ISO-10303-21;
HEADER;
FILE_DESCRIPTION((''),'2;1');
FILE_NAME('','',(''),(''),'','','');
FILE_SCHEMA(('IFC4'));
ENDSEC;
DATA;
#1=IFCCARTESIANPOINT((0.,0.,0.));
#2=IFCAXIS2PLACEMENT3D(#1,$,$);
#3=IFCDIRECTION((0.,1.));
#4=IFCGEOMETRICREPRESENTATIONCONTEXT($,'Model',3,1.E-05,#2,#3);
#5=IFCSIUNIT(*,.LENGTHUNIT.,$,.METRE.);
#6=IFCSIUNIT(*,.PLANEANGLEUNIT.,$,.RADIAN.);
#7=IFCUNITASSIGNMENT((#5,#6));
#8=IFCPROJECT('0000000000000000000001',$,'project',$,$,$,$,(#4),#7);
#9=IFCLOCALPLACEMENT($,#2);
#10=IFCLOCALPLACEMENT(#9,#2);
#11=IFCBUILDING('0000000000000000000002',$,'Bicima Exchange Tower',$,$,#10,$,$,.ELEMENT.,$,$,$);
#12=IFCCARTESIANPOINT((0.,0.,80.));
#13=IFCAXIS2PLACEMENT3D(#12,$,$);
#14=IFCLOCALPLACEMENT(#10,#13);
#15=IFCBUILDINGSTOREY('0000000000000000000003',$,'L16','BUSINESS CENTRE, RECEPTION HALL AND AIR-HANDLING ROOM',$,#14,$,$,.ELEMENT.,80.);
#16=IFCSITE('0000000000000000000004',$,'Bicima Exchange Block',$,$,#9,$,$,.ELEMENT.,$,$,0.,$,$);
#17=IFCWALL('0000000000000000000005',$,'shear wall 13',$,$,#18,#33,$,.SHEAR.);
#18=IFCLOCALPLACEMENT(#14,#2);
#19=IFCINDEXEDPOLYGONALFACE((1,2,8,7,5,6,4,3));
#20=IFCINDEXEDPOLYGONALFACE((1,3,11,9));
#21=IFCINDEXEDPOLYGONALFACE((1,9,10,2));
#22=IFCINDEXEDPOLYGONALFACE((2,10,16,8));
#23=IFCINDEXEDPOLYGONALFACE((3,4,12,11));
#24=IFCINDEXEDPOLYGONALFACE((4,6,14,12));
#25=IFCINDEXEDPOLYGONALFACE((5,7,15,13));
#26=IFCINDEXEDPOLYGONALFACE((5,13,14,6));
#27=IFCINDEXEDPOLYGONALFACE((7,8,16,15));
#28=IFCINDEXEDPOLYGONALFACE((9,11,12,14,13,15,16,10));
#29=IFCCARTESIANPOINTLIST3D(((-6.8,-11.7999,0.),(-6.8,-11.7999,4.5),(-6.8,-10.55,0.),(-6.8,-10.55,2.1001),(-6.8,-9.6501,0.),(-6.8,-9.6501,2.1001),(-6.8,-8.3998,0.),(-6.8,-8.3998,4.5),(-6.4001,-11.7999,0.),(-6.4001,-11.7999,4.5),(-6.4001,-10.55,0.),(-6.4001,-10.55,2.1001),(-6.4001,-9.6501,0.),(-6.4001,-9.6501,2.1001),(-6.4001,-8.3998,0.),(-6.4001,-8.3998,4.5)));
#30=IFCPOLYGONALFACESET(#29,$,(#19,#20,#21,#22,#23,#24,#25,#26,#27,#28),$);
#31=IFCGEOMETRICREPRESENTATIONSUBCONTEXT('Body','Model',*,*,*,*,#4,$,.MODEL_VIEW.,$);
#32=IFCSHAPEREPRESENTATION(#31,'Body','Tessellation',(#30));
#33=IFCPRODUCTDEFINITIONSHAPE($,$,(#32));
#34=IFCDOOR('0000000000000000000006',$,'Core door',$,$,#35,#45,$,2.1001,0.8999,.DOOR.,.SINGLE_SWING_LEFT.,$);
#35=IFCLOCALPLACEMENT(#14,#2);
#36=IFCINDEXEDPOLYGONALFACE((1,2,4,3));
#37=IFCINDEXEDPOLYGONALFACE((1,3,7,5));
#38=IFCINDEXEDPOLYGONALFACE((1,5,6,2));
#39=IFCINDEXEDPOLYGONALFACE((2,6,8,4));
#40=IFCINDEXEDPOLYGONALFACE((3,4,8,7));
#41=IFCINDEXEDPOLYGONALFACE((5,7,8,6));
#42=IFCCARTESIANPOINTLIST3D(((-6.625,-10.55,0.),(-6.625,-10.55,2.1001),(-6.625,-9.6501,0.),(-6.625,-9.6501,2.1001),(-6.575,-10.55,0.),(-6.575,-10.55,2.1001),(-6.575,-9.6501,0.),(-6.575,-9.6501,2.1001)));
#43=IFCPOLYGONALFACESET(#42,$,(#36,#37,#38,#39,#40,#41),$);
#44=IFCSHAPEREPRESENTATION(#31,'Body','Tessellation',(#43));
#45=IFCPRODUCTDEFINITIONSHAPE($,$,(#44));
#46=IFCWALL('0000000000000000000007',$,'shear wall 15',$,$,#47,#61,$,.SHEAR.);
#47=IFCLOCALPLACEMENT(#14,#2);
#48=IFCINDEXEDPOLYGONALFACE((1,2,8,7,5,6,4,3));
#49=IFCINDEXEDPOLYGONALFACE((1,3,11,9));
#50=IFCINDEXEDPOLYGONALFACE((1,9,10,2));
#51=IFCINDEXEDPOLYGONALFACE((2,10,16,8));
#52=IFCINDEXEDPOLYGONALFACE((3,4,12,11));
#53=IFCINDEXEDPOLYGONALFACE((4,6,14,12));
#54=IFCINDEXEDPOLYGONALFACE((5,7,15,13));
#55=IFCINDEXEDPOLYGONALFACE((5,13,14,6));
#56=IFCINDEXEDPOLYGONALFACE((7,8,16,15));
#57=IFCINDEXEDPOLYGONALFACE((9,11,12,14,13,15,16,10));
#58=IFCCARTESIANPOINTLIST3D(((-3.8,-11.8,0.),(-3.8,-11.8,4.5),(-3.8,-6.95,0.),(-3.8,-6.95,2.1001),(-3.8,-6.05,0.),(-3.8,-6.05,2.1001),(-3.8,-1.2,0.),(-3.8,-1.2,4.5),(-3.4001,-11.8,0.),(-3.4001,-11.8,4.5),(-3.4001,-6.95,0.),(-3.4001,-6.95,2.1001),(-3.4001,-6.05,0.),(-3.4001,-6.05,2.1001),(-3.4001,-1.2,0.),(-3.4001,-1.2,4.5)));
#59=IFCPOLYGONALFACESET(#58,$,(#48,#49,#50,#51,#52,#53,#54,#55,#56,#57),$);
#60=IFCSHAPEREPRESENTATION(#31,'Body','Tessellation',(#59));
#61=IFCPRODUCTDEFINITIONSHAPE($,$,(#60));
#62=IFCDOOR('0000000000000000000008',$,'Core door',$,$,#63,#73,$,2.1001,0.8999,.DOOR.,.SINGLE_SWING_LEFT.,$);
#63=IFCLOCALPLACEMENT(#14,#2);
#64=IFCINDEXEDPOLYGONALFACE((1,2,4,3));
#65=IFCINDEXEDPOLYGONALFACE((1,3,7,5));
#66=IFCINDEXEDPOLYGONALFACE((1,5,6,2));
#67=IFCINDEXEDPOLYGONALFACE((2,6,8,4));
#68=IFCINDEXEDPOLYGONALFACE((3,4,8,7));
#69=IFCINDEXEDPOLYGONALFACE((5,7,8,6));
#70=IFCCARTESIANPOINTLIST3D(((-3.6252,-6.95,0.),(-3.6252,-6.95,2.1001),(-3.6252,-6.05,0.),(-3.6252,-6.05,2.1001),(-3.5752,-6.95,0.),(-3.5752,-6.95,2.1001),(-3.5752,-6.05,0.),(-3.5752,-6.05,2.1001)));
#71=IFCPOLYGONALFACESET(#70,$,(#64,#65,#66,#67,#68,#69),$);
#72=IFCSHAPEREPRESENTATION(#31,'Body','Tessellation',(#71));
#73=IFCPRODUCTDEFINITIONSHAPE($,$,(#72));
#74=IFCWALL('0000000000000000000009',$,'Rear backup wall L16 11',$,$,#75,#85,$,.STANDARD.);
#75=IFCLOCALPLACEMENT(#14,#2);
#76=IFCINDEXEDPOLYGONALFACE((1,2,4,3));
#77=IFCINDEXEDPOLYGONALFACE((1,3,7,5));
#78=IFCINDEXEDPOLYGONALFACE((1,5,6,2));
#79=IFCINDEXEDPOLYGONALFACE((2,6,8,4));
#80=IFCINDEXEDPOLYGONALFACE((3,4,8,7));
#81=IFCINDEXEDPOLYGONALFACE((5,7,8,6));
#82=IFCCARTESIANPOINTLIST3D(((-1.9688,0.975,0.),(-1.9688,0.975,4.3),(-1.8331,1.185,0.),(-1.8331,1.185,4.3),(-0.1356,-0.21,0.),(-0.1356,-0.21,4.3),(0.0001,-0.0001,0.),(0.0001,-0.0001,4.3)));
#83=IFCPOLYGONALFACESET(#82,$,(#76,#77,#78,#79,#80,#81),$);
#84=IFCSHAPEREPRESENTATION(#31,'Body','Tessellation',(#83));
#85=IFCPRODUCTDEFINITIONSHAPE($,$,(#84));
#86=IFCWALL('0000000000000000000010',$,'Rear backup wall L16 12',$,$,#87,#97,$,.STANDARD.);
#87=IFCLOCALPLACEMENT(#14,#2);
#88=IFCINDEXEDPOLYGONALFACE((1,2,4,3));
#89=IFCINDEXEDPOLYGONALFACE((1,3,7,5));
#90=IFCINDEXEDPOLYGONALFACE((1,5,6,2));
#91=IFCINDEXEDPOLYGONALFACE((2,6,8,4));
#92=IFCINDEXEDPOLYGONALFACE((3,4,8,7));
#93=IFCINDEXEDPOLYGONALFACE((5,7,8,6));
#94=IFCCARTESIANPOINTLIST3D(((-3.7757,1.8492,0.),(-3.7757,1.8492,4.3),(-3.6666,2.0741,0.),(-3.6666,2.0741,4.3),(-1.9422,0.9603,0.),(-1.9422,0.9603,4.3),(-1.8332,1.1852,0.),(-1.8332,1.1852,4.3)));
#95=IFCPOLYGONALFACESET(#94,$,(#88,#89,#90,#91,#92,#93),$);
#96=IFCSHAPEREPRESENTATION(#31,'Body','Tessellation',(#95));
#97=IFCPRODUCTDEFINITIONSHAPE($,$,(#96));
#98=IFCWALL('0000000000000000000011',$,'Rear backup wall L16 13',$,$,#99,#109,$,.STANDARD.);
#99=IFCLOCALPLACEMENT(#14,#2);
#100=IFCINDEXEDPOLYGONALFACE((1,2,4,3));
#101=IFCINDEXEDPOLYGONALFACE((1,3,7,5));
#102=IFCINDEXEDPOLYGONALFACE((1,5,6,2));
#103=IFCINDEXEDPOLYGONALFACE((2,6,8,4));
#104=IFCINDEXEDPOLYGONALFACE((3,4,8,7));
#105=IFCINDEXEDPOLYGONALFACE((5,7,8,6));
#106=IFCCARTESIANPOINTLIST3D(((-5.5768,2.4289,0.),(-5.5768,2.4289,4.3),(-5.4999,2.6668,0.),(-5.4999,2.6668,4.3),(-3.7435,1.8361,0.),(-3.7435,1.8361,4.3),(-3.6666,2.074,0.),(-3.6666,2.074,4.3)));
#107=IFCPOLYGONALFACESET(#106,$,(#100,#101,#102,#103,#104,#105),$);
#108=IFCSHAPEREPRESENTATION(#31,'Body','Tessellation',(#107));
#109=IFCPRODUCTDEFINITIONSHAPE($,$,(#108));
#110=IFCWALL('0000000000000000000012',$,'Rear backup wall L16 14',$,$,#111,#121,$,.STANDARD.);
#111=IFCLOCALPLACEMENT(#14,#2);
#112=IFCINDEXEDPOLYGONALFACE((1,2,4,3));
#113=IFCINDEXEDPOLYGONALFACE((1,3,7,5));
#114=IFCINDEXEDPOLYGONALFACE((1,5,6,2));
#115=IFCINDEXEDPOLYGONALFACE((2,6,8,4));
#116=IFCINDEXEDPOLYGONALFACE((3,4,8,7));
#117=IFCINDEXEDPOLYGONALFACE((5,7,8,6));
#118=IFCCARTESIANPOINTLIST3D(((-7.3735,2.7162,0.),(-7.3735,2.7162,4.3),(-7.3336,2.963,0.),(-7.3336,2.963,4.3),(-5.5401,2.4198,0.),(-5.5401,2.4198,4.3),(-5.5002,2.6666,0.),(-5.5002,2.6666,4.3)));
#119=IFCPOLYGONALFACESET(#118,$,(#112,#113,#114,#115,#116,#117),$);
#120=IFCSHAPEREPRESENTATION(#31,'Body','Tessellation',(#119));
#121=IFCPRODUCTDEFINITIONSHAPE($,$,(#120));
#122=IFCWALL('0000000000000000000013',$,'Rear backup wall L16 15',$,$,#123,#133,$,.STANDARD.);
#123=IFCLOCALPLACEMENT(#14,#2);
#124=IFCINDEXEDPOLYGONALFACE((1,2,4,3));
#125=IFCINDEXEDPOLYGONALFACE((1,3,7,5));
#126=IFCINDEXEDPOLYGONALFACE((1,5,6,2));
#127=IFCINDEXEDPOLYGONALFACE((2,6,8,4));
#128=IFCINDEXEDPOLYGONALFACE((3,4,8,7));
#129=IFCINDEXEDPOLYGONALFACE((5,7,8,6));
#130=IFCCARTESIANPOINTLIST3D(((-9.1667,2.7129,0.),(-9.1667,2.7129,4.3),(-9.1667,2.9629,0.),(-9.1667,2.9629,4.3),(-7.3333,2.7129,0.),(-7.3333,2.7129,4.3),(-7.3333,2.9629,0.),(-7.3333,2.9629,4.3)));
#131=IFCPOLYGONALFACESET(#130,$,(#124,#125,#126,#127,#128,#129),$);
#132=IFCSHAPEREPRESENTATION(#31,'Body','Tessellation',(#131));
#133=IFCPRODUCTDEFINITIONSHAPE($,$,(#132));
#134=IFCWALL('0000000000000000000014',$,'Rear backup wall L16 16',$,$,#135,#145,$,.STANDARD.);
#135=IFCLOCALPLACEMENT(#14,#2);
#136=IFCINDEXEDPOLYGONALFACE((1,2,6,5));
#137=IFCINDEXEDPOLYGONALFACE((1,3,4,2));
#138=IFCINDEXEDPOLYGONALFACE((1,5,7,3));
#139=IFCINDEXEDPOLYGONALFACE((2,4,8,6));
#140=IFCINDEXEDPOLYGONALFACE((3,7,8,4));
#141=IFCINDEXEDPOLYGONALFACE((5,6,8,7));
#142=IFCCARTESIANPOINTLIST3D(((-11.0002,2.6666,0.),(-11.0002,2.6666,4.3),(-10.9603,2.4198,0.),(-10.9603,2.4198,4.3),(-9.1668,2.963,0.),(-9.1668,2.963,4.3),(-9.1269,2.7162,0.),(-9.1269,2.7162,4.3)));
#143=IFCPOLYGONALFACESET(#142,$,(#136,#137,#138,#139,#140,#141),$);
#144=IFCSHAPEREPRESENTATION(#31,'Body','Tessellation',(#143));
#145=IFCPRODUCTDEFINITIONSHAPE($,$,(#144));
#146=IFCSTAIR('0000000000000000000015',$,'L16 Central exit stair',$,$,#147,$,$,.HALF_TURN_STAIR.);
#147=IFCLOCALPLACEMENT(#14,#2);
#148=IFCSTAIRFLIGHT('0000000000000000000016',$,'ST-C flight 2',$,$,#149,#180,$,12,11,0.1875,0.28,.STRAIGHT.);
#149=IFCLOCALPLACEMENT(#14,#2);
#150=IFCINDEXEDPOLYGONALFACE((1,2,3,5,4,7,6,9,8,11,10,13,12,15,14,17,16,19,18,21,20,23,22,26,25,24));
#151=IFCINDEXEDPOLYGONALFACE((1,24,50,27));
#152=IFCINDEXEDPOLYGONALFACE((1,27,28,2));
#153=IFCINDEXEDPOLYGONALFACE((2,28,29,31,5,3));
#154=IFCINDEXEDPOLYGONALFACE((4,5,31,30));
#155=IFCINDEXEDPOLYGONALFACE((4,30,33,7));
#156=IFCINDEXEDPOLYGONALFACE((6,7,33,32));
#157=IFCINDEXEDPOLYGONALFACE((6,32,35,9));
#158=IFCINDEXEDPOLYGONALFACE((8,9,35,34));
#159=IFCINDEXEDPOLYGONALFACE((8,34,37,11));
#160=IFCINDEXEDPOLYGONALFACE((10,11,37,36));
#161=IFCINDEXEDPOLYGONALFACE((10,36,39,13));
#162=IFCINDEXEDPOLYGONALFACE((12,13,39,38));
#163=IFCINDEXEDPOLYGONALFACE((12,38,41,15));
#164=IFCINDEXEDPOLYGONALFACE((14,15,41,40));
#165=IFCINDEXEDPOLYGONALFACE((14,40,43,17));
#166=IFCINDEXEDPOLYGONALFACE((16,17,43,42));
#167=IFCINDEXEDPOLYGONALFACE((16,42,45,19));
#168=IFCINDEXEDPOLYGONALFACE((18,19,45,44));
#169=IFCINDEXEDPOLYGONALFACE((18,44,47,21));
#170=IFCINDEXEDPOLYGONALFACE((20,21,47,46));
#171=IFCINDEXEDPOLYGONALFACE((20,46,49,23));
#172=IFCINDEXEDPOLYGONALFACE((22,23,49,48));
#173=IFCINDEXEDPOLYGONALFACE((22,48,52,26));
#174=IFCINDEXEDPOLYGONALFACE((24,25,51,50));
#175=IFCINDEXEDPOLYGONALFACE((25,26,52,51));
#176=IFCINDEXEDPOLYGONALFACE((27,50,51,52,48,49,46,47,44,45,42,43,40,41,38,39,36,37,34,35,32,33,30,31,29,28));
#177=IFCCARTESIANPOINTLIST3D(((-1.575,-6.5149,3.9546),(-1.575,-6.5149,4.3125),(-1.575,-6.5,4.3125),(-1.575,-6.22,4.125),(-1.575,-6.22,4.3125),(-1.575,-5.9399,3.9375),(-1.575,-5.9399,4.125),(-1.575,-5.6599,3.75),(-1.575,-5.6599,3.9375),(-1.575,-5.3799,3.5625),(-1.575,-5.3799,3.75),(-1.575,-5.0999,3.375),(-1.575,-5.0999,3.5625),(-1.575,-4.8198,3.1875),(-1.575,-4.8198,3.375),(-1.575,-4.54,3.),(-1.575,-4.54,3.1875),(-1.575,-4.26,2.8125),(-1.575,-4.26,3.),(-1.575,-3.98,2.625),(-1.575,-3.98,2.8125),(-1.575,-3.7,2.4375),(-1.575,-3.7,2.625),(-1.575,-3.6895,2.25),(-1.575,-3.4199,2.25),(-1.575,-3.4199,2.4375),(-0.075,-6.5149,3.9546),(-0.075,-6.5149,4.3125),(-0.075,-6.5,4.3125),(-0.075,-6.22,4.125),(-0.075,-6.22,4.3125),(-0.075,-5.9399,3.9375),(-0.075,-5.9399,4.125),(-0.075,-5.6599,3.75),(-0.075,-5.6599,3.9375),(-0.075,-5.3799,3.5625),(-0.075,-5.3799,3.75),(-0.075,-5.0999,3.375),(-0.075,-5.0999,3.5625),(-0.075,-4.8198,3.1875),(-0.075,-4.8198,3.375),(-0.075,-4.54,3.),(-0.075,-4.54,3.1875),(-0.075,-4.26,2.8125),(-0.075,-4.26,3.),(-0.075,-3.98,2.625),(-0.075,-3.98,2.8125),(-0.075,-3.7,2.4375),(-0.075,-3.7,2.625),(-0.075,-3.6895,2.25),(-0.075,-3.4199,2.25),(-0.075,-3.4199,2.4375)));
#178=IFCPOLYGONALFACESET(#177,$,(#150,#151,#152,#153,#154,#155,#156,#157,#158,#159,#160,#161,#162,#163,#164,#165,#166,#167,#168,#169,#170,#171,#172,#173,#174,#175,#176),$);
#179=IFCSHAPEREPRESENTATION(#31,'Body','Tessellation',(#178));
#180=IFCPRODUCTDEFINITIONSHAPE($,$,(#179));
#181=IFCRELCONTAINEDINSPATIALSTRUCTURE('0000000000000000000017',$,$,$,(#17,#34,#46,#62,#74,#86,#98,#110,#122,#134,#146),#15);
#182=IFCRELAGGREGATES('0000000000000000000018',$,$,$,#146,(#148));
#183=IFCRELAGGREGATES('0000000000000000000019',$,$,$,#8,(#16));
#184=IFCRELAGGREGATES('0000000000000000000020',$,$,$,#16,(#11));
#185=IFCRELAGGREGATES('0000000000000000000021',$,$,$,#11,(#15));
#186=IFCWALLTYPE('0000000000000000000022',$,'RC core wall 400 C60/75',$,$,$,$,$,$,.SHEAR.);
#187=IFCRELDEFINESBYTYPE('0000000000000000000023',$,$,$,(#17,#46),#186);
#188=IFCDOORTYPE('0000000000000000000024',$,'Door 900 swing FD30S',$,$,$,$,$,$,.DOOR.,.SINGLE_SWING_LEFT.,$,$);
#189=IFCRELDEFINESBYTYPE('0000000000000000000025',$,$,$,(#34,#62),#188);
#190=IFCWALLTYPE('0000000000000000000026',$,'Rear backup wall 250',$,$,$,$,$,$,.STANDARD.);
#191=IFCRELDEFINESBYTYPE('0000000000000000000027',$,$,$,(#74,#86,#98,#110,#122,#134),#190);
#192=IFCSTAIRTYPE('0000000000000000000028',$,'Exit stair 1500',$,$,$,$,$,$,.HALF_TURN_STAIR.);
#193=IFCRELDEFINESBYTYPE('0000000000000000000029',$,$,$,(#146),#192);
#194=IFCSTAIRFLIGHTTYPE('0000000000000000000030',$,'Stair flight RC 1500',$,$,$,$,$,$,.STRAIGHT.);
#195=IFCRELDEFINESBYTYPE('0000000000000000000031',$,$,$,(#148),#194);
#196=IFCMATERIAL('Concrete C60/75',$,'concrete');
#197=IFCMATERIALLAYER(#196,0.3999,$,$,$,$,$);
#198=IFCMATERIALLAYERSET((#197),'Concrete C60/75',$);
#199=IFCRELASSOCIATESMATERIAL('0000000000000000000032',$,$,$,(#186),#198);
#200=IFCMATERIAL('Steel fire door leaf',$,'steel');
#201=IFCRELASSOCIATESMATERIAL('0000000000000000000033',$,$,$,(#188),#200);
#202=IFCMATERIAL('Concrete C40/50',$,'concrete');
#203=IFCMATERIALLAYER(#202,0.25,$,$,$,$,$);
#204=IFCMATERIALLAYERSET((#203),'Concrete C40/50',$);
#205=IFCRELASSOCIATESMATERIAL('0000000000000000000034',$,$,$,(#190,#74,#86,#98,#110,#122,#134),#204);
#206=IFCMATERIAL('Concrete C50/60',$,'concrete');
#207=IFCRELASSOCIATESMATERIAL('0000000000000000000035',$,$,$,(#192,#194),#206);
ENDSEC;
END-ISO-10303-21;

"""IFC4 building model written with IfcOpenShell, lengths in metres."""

from ifc_helpers import new_model, si_unit, direction, frame, frame_2d, origin, place, context, subcontext, project, spatial, polyline, rectangle, outline, extrude, material, layer, layer_set, layer_usage, type_object, element, fill, aggregate, save


model = new_model("IFC4")

# Units and contexts
model_context = context("Model", 3, precision=1e-05, world=origin(), true_north=direction((0.0, 1.0)))
body_context = subcontext(model_context, "Body", "Model", "MODEL_VIEW")
ifc_project = project(units=[si_unit("LENGTHUNIT", "METRE"), si_unit("PLANEANGLEUNIT", "RADIAN")], contexts=[model_context])

# Site, building, storey
site_placement = place(None, origin())
site = spatial("IfcSite", under=ifc_project, at=site_placement, Name="Bicima Exchange Block", CompositionType="ELEMENT", RefElevation=0.0)
building_placement = place(site_placement, origin())
building = spatial("IfcBuilding", under=site, at=building_placement, Name="Bicima Exchange Tower", CompositionType="ELEMENT")
storey_placement = place(building_placement, frame((0.0, 0.0, 80.0)))
storey = spatial("IfcBuildingStorey", under=building, at=storey_placement, Name="L16", Description="BUSINESS CENTRE, RECEPTION HALL AND AIR-HANDLING ROOM", CompositionType="ELEMENT", Elevation=80.0)

# Shared definitions
ifc_material_1 = material(Name="Concrete C50/60", Category="concrete")
ifc_material_2 = material(Name="Steel fire door leaf", Category="steel")

# Walls, openings, doors
ifc_material_3 = material(Name="Concrete C60/75", Category="concrete")
ifc_layer_1 = layer(ifc_material_3, 0.3999)
ifc_layer_set_1 = layer_set([ifc_layer_1], Name="Concrete C60/75")
wall_type_1 = type_object("IfcWallType", Name="RC core wall 400 C60/75", PredefinedType="SHEAR", material=ifc_layer_set_1)
wall_1_placement = place(storey_placement, frame((-6.6001, -11.8, 0.0), z_axis=(0.0, 0.0, 1.0), x_axis=(0.0, 1.0, 0.0)))
wall_1 = element("IfcWall", 1, at=wall_1_placement, inside=storey, type_object=wall_type_1, Name="shear wall 13", PredefinedType="SHEAR", context=body_context, shape_type="SweptSolid", body=[
    extrude(rectangle(XDim=3.4001, YDim=0.3999, at=frame_2d((1.7002, 0.0))), origin(), (0.0, 0.0, 1.0), 4.5),
])
opening_1_placement = place(wall_1_placement, frame((1.25, 0.0, 0.0)))
opening_1 = element("IfcOpeningElement", 2, at=opening_1_placement, cuts=wall_1, PredefinedType="OPENING", context=body_context, shape_type="SweptSolid", body=[
    extrude(rectangle(XDim=0.8999, YDim=2.1001, at=frame_2d((0.45, 1.05))), frame((0.0, 0.2119, 0.0), z_axis=(0.0, -1.0, 0.0), x_axis=(1.0, 0.0, 0.0)), (0.0, 0.0, 1.0), 0.4238),
])
door_type_1 = type_object("IfcDoorType", Name="Door 900 swing FD30S", OperationType="SINGLE_SWING_LEFT", PredefinedType="DOOR", material=ifc_material_2)
door_1_placement = place(opening_1_placement, origin())
door_1 = element("IfcDoor", 3, at=door_1_placement, inside=storey, type_object=door_type_1, Name="Core door", OperationType="SINGLE_SWING_LEFT", OverallHeight=2.1001, OverallWidth=0.8999, PredefinedType="DOOR", context=body_context, shape_type="SweptSolid", body=[
    extrude(rectangle(XDim=0.8999, YDim=2.1001, at=frame_2d((0.45, 1.05))), frame((0.0, 0.0249, 0.0), z_axis=(0.0, -1.0, 0.0), x_axis=(1.0, 0.0, 0.0)), (0.0, 0.0, 1.0), 0.05),
])
fill(opening_1, door_1)
wall_2_placement = place(storey_placement, frame((-3.6001, -11.8, 0.0), z_axis=(0.0, 0.0, 1.0), x_axis=(0.0, 1.0, 0.0)))
wall_2 = element("IfcWall", 4, at=wall_2_placement, inside=storey, type_object=wall_type_1, Name="shear wall 15", PredefinedType="SHEAR", context=body_context, shape_type="SweptSolid", body=[
    extrude(rectangle(XDim=10.6001, YDim=0.3999, at=frame_2d((5.3, 0.0))), origin(), (0.0, 0.0, 1.0), 4.5),
])
opening_2_placement = place(wall_2_placement, frame((4.8501, 0.0, 0.0)))
opening_2 = element("IfcOpeningElement", 5, at=opening_2_placement, cuts=wall_2, PredefinedType="OPENING", context=body_context, shape_type="SweptSolid", body=[
    extrude(rectangle(XDim=0.8999, YDim=2.1001, at=frame_2d((0.45, 1.05))), frame((0.0, 0.2119, 0.0), z_axis=(0.0, -1.0, 0.0), x_axis=(1.0, 0.0, 0.0)), (0.0, 0.0, 1.0), 0.4238),
])
door_2_placement = place(opening_2_placement, frame((0.8999, 0.0, 0.0), z_axis=(0.0, 0.0, 1.0), x_axis=(-1.0, 0.0, 0.0)))
door_2 = element("IfcDoor", 6, at=door_2_placement, inside=storey, type_object=door_type_1, Name="Core door", OperationType="SINGLE_SWING_LEFT", OverallHeight=2.1001, OverallWidth=0.8999, PredefinedType="DOOR", context=body_context, shape_type="SweptSolid", body=[
    extrude(rectangle(XDim=0.8999, YDim=2.1001, at=frame_2d((0.45, 1.05))), frame((0.0, 0.0249, 0.0), z_axis=(0.0, -1.0, 0.0), x_axis=(1.0, 0.0, 0.0)), (0.0, 0.0, 1.0), 0.05),
])
fill(opening_2, door_2)

# Walls
ifc_material_4 = material(Name="Concrete C40/50", Category="concrete")
ifc_layer_2 = layer(ifc_material_4, 0.25)
ifc_layer_set_2 = layer_set([ifc_layer_2], Name="Concrete C40/50")
ifc_layer_usage = layer_usage(ifc_layer_set_2, "AXIS2", "POSITIVE", -0.125)
wall_type_2 = type_object("IfcWallType", Name="Rear backup wall 250", PredefinedType="STANDARD", material=ifc_layer_set_2)
wall_3_placement = place(storey_placement, frame((-0.0679, -0.105, 0.0), z_axis=(0.0, 0.0, 1.0), x_axis=(-0.839813, 0.542876, 0.0)))
element("IfcWall", 7, at=wall_3_placement, inside=storey, type_object=wall_type_2, material=ifc_layer_usage, Name="Rear backup wall L16 11", PredefinedType="STANDARD", context=body_context, shape_type="SweptSolid", body=[
    extrude(rectangle(XDim=2.1829, YDim=0.25, at=frame_2d((1.0913, 0.0))), origin(), (0.0, 0.0, 1.0), 4.3),
])
wall_4_placement = place(storey_placement, frame((-1.8877, 1.0728, 0.0), z_axis=(0.0, 0.0, 1.0), x_axis=(-0.899824, 0.436253, 0.0)))
element("IfcWall", 8, at=wall_4_placement, inside=storey, type_object=wall_type_2, material=ifc_layer_usage, Name="Rear backup wall L16 12", PredefinedType="STANDARD", context=body_context, shape_type="SweptSolid", body=[
    extrude(rectangle(XDim=2.0376, YDim=0.25, at=frame_2d((1.0188, 0.0))), origin(), (0.0, 0.0, 1.0), 4.3),
])
wall_5_placement = place(storey_placement, frame((-3.7051, 1.9551, 0.0), z_axis=(0.0, 0.0, 1.0), x_axis=(-0.951496, 0.307662, 0.0)))
element("IfcWall", 9, at=wall_5_placement, inside=storey, type_object=wall_type_2, material=ifc_layer_usage, Name="Rear backup wall L16 13", PredefinedType="STANDARD", context=body_context, shape_type="SweptSolid", body=[
    extrude(rectangle(XDim=1.9268, YDim=0.25, at=frame_2d((0.9634, 0.0))), origin(), (0.0, 0.0, 1.0), 4.3),
])
wall_6_placement = place(storey_placement, frame((-5.52, 2.5432, 0.0), z_axis=(0.0, 0.0, 1.0), x_axis=(-0.987182, 0.1596, 0.0)))
element("IfcWall", 10, at=wall_6_placement, inside=storey, type_object=wall_type_2, material=ifc_layer_usage, Name="Rear backup wall L16 14", PredefinedType="STANDARD", context=body_context, shape_type="SweptSolid", body=[
    extrude(rectangle(XDim=1.8572, YDim=0.25, at=frame_2d((0.9287, 0.0))), origin(), (0.0, 0.0, 1.0), 4.3),
])
wall_7_placement = place(storey_placement, frame((-7.3333, 2.8379, 0.0), z_axis=(0.0, 0.0, 1.0), x_axis=(-1.0, 0.0, 0.0)))
element("IfcWall", 11, at=wall_7_placement, inside=storey, type_object=wall_type_2, material=ifc_layer_usage, Name="Rear backup wall L16 15", PredefinedType="STANDARD", context=body_context, shape_type="SweptSolid", body=[
    extrude(rectangle(XDim=1.8335, YDim=0.25, at=frame_2d((0.9167, 0.0))), origin(), (0.0, 0.0, 1.0), 4.3),
])
wall_8_placement = place(storey_placement, frame((-9.1467, 2.8396, 0.0), z_axis=(0.0, 0.0, 1.0), x_axis=(-0.987182, -0.1596, 0.0)))
element("IfcWall", 12, at=wall_8_placement, inside=storey, type_object=wall_type_2, material=ifc_layer_usage, Name="Rear backup wall L16 16", PredefinedType="STANDARD", context=body_context, shape_type="SweptSolid", body=[
    extrude(rectangle(XDim=1.8572, YDim=0.25, at=frame_2d((0.9287, 0.0))), origin(), (0.0, 0.0, 1.0), 4.3),
])

# Stair, stair flight
stair_type = type_object("IfcStairType", Name="Exit stair 1500", PredefinedType="HALF_TURN_STAIR", material=ifc_material_1)
stair_placement = place(storey_placement, origin())
stair = element("IfcStair", 13, at=stair_placement, inside=storey, type_object=stair_type, Name="L16 Central exit stair", PredefinedType="HALF_TURN_STAIR")
stair_flight_type = type_object("IfcStairFlightType", Name="Stair flight RC 1500", PredefinedType="STRAIGHT", material=ifc_material_1)
stair_flight_placement = place(storey_placement, frame((-0.825, -3.4199, 2.25), z_axis=(0.0, 0.0, 1.0), x_axis=(0.0, -1.0, 0.0)))
stair_flight = element("IfcStairFlight", 14, at=stair_flight_placement, type_object=stair_flight_type, Name="ST-C flight 2", NumberOfRisers=12, NumberOfTreads=11, PredefinedType="STRAIGHT", RiserHeight=0.1875, TreadLength=0.28, context=body_context, shape_type="SweptSolid", body=[
    extrude(outline(polyline([(0.0, 0.0), (0.0, 0.1875), (0.28, 0.1875), (0.28, 0.375), (0.5601, 0.375), (0.5601, 0.5625), (0.8401, 0.5625), (0.8401, 0.75), (1.1201, 0.75), (1.1201, 0.9375), (1.3999, 0.9375), (1.3999, 1.125), (1.6799, 1.125), (1.6799, 1.3125), (1.96, 1.3125), (1.96, 1.5), (2.24, 1.5), (2.24, 1.6875), (2.52, 1.6875), (2.52, 1.875), (2.8, 1.875), (2.8, 2.0625), (3.0801, 2.0625), (3.095, 2.0625), (3.095, 1.7046), (0.2695, 0.0), (0.0, 0.0)])), frame((0.0, 0.75, 0.0), z_axis=(0.0, -1.0, 0.0), x_axis=(1.0, 0.0, 0.0)), (0.0, 0.0, 1.0), 1.5),
])
aggregate(stair, [stair_flight])

save(model, "model.ifc")
